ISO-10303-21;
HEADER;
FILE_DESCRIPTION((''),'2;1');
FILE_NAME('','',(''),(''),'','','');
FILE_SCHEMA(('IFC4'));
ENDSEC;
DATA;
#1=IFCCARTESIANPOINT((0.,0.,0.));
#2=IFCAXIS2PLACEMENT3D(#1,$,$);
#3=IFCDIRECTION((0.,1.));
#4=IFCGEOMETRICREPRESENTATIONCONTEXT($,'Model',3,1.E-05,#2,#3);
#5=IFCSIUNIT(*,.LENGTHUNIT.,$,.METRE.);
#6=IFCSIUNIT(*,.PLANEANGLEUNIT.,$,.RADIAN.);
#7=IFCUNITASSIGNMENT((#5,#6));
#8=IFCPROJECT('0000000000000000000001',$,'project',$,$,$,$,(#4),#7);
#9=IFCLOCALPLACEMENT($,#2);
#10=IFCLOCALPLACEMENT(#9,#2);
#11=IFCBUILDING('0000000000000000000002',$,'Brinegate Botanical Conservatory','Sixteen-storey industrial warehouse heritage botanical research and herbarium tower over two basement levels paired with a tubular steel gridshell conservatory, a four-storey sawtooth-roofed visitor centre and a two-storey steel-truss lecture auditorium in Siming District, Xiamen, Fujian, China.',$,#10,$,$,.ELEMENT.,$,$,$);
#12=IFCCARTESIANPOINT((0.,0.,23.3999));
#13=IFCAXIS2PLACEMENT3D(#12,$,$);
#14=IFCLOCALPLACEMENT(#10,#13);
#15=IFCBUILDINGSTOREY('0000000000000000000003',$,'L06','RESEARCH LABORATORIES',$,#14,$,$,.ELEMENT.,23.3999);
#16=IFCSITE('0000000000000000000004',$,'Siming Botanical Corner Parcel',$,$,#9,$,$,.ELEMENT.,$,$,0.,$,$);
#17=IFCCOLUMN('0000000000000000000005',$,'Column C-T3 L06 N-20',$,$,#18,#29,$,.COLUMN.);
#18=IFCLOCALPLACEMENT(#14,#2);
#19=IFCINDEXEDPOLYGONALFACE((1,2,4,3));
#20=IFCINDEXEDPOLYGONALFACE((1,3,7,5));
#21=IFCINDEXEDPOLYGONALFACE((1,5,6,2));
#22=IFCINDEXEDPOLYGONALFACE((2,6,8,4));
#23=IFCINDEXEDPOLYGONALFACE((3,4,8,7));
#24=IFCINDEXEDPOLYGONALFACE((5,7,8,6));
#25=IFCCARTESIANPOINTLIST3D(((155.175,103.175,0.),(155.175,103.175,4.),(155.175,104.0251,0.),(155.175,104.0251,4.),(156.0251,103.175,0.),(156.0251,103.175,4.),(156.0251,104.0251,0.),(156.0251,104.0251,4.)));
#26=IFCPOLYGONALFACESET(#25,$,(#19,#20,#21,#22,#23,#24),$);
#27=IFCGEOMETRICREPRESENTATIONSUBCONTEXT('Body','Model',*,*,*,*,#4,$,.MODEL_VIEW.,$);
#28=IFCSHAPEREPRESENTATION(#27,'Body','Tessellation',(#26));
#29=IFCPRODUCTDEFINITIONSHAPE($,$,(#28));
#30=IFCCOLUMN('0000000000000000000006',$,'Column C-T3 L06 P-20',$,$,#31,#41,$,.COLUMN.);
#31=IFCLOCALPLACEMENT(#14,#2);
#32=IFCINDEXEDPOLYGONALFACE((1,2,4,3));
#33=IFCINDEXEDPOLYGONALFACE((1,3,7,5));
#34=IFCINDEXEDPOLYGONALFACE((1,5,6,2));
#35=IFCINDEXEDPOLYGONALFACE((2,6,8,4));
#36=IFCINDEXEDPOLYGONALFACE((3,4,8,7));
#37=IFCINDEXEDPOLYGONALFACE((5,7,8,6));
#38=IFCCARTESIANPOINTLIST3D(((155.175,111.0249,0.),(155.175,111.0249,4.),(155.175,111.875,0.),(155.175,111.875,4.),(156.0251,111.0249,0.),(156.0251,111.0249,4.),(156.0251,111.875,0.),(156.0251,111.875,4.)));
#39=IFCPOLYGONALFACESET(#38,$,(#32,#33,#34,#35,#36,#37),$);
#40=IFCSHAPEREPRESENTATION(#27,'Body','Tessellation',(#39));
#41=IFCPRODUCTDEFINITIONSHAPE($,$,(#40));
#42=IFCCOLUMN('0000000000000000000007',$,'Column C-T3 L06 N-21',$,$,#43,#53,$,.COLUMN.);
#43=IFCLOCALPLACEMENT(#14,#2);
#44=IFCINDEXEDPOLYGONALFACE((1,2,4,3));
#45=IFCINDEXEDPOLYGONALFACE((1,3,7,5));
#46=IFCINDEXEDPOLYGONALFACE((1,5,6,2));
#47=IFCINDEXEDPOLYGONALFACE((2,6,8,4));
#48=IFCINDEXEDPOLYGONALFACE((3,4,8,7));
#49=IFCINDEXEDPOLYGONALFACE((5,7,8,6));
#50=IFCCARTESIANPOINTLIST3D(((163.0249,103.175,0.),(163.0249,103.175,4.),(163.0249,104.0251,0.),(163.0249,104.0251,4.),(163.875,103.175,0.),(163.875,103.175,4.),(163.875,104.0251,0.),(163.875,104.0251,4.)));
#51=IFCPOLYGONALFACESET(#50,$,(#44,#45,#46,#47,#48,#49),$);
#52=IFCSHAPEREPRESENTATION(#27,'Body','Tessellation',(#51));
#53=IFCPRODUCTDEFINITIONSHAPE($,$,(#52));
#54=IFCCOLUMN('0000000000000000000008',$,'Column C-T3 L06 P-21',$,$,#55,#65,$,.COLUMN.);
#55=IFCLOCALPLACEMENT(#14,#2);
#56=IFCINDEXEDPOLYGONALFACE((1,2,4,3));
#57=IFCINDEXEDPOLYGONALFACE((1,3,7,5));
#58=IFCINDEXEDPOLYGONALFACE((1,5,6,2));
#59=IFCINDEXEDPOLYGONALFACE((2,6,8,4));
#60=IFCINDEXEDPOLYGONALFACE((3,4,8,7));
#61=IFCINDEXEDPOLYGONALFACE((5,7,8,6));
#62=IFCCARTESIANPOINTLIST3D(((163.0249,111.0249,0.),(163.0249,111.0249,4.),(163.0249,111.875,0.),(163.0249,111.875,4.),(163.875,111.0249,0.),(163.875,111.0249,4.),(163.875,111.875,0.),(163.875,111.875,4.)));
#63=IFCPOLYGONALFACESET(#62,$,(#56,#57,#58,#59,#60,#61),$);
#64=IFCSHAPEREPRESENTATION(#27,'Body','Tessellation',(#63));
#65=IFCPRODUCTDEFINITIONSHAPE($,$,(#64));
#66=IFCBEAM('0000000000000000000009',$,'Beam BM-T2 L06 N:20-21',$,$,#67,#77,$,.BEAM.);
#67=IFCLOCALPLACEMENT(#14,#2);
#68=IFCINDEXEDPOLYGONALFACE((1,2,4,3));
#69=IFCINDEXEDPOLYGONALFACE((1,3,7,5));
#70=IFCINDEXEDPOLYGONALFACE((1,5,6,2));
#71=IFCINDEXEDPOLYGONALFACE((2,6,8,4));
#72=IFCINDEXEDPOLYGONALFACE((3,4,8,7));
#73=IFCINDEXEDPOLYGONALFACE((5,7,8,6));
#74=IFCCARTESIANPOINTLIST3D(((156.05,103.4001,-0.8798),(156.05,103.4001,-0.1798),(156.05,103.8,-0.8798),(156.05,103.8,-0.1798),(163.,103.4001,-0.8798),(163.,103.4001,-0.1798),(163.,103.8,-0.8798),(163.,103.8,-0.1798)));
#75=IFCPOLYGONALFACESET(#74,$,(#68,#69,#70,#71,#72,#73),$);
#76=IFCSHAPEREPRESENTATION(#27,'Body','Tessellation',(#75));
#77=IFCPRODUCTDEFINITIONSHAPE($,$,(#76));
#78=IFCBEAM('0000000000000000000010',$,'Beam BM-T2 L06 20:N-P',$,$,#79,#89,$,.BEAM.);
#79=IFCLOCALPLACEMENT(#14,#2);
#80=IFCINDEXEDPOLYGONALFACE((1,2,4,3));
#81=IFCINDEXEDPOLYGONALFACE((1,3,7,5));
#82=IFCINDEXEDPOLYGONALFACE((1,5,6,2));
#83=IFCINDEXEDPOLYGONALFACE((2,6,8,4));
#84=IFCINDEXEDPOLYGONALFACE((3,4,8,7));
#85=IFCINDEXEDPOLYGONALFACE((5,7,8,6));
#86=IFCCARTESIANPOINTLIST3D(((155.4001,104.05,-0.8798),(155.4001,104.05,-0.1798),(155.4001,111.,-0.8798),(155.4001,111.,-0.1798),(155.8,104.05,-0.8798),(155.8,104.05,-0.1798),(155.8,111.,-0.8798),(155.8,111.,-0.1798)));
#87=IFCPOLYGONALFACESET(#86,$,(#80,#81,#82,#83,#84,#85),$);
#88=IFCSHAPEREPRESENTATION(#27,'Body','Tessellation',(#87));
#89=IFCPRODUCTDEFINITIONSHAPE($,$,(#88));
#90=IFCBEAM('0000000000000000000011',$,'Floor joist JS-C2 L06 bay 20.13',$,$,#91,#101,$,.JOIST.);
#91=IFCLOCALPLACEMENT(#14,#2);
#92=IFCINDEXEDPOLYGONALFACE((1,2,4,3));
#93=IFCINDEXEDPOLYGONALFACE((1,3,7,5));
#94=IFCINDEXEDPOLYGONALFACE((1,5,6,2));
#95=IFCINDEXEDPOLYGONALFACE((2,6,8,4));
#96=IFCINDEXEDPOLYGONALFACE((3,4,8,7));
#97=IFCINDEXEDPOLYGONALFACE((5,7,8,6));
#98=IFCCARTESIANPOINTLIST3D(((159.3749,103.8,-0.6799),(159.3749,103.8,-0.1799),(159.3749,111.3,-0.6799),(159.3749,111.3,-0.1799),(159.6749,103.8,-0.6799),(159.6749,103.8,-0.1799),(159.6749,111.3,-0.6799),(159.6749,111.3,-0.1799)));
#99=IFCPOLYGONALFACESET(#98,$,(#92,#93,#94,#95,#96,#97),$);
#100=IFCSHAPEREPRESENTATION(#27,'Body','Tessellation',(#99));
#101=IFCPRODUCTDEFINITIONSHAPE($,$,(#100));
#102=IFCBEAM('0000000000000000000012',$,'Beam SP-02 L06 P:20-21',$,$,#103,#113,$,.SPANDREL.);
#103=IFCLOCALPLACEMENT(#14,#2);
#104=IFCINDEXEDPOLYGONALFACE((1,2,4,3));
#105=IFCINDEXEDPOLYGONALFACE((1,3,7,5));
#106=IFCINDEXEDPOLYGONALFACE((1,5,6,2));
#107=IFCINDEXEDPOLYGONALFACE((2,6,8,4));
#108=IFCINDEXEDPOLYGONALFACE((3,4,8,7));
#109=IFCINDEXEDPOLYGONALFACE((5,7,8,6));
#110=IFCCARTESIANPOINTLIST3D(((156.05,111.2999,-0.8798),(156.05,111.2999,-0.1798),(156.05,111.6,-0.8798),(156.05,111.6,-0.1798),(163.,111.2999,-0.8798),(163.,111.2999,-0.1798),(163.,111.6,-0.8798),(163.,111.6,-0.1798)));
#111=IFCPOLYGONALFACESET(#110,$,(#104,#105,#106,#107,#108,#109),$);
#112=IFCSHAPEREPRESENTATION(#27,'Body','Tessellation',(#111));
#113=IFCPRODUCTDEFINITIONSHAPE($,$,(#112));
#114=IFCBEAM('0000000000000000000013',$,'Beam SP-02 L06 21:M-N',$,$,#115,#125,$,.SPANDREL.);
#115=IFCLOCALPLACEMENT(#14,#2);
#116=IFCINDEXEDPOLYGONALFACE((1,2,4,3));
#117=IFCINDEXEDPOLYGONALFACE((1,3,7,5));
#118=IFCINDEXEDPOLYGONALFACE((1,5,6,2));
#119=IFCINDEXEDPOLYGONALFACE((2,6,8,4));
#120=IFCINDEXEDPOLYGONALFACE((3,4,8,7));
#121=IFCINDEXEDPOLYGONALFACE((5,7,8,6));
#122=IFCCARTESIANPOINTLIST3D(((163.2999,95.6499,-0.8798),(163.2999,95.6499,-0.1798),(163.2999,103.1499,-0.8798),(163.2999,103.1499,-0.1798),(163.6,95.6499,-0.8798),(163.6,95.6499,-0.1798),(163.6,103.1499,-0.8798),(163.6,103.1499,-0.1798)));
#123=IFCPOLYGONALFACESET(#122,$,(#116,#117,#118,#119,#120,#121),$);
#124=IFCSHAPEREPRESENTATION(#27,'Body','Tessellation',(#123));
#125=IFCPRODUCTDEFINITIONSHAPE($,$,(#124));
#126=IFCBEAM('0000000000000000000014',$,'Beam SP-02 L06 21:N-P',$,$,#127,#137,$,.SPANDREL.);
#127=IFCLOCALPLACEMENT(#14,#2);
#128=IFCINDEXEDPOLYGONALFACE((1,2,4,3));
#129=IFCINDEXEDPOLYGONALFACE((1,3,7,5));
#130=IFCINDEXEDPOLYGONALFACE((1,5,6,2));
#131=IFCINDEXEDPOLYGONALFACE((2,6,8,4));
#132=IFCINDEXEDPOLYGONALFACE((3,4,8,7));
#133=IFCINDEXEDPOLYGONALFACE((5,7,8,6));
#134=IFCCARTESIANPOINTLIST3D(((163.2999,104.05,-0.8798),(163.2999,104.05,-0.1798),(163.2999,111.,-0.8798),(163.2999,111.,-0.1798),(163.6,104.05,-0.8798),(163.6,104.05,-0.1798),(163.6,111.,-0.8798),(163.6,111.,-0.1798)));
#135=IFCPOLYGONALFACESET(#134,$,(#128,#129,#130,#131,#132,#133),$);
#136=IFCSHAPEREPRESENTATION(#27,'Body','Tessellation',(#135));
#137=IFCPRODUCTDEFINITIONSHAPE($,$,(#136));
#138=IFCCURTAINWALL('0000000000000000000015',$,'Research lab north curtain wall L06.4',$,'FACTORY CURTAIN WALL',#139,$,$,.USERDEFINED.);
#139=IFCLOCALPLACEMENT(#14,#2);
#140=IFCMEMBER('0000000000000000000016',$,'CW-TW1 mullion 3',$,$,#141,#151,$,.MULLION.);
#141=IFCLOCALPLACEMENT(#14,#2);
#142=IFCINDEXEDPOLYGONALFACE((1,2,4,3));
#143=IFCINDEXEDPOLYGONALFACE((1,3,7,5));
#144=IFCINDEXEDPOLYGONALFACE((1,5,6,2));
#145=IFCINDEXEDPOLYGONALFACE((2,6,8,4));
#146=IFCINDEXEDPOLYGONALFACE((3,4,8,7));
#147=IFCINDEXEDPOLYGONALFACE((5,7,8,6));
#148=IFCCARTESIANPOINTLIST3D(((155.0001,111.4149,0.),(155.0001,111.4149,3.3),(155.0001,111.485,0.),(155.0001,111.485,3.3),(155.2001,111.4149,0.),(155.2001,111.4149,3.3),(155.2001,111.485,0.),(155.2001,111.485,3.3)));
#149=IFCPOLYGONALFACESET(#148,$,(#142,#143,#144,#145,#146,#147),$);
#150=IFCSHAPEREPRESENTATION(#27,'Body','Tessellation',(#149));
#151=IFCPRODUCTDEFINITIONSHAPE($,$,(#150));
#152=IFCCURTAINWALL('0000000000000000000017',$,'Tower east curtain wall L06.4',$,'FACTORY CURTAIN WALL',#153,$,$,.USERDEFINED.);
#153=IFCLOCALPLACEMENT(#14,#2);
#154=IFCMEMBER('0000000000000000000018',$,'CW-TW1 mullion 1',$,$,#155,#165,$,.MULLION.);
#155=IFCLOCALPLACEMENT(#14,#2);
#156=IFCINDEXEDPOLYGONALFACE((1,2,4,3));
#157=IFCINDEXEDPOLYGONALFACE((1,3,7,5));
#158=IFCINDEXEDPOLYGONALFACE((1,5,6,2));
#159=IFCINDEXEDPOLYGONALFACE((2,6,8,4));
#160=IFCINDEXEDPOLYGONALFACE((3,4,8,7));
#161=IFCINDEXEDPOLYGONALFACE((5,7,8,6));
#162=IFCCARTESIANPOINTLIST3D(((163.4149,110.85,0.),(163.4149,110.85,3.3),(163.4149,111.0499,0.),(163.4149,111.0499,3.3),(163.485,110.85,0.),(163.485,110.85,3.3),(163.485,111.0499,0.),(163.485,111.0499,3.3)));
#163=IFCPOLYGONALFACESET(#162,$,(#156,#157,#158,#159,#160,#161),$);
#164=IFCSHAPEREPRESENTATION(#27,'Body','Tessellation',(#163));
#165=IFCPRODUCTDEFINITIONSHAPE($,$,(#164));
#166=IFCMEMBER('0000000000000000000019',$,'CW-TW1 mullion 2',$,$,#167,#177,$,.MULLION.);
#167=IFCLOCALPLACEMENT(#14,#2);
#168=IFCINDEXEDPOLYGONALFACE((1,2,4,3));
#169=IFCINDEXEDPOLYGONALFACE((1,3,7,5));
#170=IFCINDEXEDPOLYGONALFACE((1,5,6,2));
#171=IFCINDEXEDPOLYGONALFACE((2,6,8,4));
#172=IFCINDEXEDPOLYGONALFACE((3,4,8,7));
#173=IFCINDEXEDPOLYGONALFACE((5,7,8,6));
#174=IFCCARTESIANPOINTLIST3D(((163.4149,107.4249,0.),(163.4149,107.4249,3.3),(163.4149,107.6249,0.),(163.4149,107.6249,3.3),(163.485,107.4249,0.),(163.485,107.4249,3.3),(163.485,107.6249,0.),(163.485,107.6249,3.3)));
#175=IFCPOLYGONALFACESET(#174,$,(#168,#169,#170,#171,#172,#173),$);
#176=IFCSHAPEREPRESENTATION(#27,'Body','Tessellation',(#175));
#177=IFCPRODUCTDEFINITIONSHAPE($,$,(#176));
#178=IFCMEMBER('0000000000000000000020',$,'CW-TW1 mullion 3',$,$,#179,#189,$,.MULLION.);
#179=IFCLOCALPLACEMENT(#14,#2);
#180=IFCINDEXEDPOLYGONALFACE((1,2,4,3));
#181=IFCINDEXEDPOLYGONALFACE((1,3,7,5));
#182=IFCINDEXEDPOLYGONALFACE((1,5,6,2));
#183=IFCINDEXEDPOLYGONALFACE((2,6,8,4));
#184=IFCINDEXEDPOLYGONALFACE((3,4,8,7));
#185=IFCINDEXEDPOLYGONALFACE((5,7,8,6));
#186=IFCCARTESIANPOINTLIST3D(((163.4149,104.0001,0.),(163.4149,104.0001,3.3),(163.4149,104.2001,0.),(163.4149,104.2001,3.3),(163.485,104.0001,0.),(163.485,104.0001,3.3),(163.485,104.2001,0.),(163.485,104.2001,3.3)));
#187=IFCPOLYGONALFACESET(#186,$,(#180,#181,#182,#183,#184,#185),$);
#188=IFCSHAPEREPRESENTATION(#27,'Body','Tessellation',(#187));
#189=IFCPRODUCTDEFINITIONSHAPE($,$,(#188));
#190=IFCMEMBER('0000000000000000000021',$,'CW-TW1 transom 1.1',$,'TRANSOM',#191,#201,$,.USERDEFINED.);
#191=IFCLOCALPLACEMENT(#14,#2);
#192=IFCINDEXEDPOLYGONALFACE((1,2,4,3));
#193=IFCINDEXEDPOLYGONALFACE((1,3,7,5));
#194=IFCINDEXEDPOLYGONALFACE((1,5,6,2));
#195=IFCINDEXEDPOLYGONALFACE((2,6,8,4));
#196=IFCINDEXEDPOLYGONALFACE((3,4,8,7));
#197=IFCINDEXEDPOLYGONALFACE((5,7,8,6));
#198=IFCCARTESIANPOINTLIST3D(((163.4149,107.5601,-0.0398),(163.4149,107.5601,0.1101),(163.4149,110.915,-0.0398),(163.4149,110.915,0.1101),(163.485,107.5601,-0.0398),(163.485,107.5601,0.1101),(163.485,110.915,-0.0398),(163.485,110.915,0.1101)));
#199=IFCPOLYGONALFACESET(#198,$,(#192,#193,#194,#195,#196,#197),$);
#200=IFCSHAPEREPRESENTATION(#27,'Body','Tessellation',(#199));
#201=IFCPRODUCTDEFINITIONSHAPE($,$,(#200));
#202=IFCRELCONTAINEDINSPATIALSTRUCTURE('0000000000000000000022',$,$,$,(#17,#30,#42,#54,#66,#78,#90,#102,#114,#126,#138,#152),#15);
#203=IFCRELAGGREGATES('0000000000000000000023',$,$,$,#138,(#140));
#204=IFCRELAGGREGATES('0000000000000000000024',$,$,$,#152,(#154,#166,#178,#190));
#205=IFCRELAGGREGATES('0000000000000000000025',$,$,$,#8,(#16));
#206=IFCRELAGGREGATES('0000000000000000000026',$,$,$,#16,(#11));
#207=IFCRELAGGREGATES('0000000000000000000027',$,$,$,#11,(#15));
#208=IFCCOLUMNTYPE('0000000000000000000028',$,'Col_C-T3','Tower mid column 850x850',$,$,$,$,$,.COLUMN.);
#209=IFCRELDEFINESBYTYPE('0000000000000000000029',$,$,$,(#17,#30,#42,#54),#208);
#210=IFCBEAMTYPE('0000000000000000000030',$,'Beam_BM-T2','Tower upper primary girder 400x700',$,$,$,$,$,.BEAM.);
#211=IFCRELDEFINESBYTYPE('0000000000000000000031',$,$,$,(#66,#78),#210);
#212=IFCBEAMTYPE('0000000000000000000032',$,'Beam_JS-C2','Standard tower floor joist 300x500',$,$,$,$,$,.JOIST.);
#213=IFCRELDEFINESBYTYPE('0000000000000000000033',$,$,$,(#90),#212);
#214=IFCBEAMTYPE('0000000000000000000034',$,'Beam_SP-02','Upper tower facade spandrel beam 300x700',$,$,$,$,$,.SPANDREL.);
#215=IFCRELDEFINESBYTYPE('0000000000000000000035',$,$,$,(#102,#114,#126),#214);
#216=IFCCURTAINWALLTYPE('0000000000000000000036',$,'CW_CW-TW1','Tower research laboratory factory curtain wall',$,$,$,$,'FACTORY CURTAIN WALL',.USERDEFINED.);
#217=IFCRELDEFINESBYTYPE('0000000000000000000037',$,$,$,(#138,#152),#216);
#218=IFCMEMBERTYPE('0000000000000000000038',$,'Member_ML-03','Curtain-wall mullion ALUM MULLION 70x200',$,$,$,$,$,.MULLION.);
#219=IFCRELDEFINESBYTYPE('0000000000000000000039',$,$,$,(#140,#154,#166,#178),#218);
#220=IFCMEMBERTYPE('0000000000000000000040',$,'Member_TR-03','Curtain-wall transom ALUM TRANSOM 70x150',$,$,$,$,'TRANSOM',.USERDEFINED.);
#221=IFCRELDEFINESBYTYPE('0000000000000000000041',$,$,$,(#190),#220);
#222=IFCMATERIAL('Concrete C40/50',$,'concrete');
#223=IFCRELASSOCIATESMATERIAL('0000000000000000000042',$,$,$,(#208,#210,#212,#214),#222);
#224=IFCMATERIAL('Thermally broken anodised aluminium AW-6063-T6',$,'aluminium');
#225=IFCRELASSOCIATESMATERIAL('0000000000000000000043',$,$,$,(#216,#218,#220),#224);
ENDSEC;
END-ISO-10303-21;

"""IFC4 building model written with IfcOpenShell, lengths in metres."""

from ifc_helpers import new_model, si_unit, direction, frame, origin, origin_2d, place, context, subcontext, project, spatial, rectangle, extrude, material, material_profile, profile_set, type_object, element, aggregate, save


model = new_model("IFC4")

# Units and contexts
model_context = context("Model", 3, precision=1e-05, world=origin(), true_north=direction((0.0, 1.0)))
body_context = subcontext(model_context, "Body", "Model", "MODEL_VIEW")
ifc_project = project(units=[si_unit("LENGTHUNIT", "METRE"), si_unit("PLANEANGLEUNIT", "RADIAN")], contexts=[model_context])

# Site, building, storey
site_placement = place(None, origin())
site = spatial("IfcSite", under=ifc_project, at=site_placement, Name="Siming Botanical Corner Parcel", CompositionType="ELEMENT", RefElevation=0.0)
building_placement = place(site_placement, origin())
building = spatial("IfcBuilding", under=site, at=building_placement, Name="Brinegate Botanical Conservatory", Description="Sixteen-storey industrial warehouse heritage botanical research and herbarium tower over two basement levels paired with a tubular steel gridshell conservatory, a four-storey sawtooth-roofed visitor centre and a two-storey steel-truss lecture auditorium in Siming District, Xiamen, Fujian, China.", CompositionType="ELEMENT")
storey_placement = place(building_placement, frame((0.0, 0.0, 23.3999)))
storey = spatial("IfcBuildingStorey", under=building, at=storey_placement, Name="L06", Description="RESEARCH LABORATORIES", CompositionType="ELEMENT", Elevation=23.3999)

# Columns
ifc_material_1 = material(Name="Concrete C40/50", Category="concrete")
ifc_material_profile_1 = material_profile(ifc_material_1, rectangle(XDim=0.8501, YDim=0.8501, at=origin_2d()), Name="RC COL 850x850")
ifc_profile_set_1 = profile_set([ifc_material_profile_1], Name="Concrete C40/50")
column_type = type_object("IfcColumnType", Name="Col_C-T3", Description="Tower mid column 850x850", PredefinedType="COLUMN", material=ifc_profile_set_1)
for number, where, z_axis, x_axis, name in (
    (1, (155.6001, 103.6001, 0.0), (0.0, 0.0, 1.0), (1.0, 0.0, 0.0), "Column C-T3 L06 N-20"),
    (2, (155.6001, 111.45, 0.0), (0.0, 0.0, 1.0), (1.0, 0.0, 0.0), "Column C-T3 L06 P-20"),
    (3, (163.45, 103.6001, 0.0), (0.0, 0.0, 1.0), (1.0, 0.0, 0.0), "Column C-T3 L06 N-21"),
    (4, (163.45, 111.45, 0.0), (0.0, 0.0, 1.0), (1.0, 0.0, 0.0), "Column C-T3 L06 P-21"),
):
    element("IfcColumn", number, at=place(storey_placement, frame(where, z_axis=z_axis, x_axis=x_axis)), inside=storey, type_object=column_type, Name=name, PredefinedType="COLUMN", context=body_context, shape_type="SweptSolid", body=[
        extrude(rectangle(XDim=0.8501, YDim=0.8501, at=origin_2d()), origin(), (0.0, 0.0, 1.0), 4.0),
    ])

# Beams
ifc_material_profile_2 = material_profile(ifc_material_1, rectangle(XDim=0.3999, YDim=0.7, at=origin_2d()), Name="RC BM 400x700")
ifc_profile_set_2 = profile_set([ifc_material_profile_2], Name="Concrete C40/50")
beam_type_1 = type_object("IfcBeamType", Name="Beam_BM-T2", Description="Tower upper primary girder 400x700", PredefinedType="BEAM", material=ifc_profile_set_2)
for number, where, z_axis, x_axis, name in (
    (5, (156.05, 103.6001, -0.5298), (1.0, 0.0, 0.0), (0.0, 1.0, 0.0), "Beam BM-T2 L06 N:20-21"),
    (6, (155.6001, 104.05, -0.5298), (0.0, 1.0, 0.0), (-1.0, 0.0, 0.0), "Beam BM-T2 L06 20:N-P"),
):
    element("IfcBeam", number, at=place(storey_placement, frame(where, z_axis=z_axis, x_axis=x_axis)), inside=storey, type_object=beam_type_1, Name=name, PredefinedType="BEAM", context=body_context, shape_type="SweptSolid", body=[
        extrude(rectangle(XDim=0.3999, YDim=0.7, at=origin_2d()), origin(), (0.0, 0.0, 1.0), 6.95),
    ])
ifc_material_profile_3 = material_profile(ifc_material_1, rectangle(XDim=0.3, YDim=0.5, at=origin_2d()), Name="RC JST 300x500")
ifc_profile_set_3 = profile_set([ifc_material_profile_3], Name="Concrete C40/50")
beam_type_2 = type_object("IfcBeamType", Name="Beam_JS-C2", Description="Standard tower floor joist 300x500", PredefinedType="JOIST", material=ifc_profile_set_3)
beam_1_placement = place(storey_placement, frame((159.5249, 103.8, -0.4299), z_axis=(0.0, 1.0, 0.0), x_axis=(-1.0, 0.0, 0.0)))
element("IfcBeam", 7, at=beam_1_placement, inside=storey, type_object=beam_type_2, Name="Floor joist JS-C2 L06 bay 20.13", PredefinedType="JOIST", context=body_context, shape_type="SweptSolid", body=[
    extrude(rectangle(XDim=0.3, YDim=0.5, at=origin_2d()), origin(), (0.0, 0.0, 1.0), 7.5),
])
ifc_material_profile_4 = material_profile(ifc_material_1, rectangle(XDim=0.3, YDim=0.7, at=origin_2d()), Name="RC SPN 300x700")
ifc_profile_set_4 = profile_set([ifc_material_profile_4], Name="Concrete C40/50")
beam_type_3 = type_object("IfcBeamType", Name="Beam_SP-02", Description="Upper tower facade spandrel beam 300x700", PredefinedType="SPANDREL", material=ifc_profile_set_4)
beam_2_placement = place(storey_placement, frame((156.05, 111.45, -0.5298), z_axis=(1.0, 0.0, 0.0), x_axis=(0.0, 1.0, 0.0)))
element("IfcBeam", 8, at=beam_2_placement, inside=storey, type_object=beam_type_3, Name="Beam SP-02 L06 P:20-21", PredefinedType="SPANDREL", context=body_context, shape_type="SweptSolid", body=[
    extrude(rectangle(XDim=0.3, YDim=0.7, at=origin_2d()), origin(), (0.0, 0.0, 1.0), 6.95),
])
beam_3_placement = place(storey_placement, frame((163.45, 95.6499, -0.5298), z_axis=(0.0, 1.0, 0.0), x_axis=(-1.0, 0.0, 0.0)))
element("IfcBeam", 9, at=beam_3_placement, inside=storey, type_object=beam_type_3, Name="Beam SP-02 L06 21:M-N", PredefinedType="SPANDREL", context=body_context, shape_type="SweptSolid", body=[
    extrude(rectangle(XDim=0.3, YDim=0.7, at=origin_2d()), origin(), (0.0, 0.0, 1.0), 7.5),
])
beam_4_placement = place(storey_placement, frame((163.45, 104.05, -0.5298), z_axis=(0.0, 1.0, 0.0), x_axis=(-1.0, 0.0, 0.0)))
element("IfcBeam", 10, at=beam_4_placement, inside=storey, type_object=beam_type_3, Name="Beam SP-02 L06 21:N-P", PredefinedType="SPANDREL", context=body_context, shape_type="SweptSolid", body=[
    extrude(rectangle(XDim=0.3, YDim=0.7, at=origin_2d()), origin(), (0.0, 0.0, 1.0), 6.95),
])

# Curtain wall, member
ifc_material_2 = material(Name="Thermally broken anodised aluminium AW-6063-T6", Category="aluminium")
curtain_wall_type = type_object("IfcCurtainWallType", Name="CW_CW-TW1", Description="Tower research laboratory factory curtain wall", ElementType="FACTORY CURTAIN WALL", PredefinedType="USERDEFINED", material=ifc_material_2)
curtain_wall_1_placement = place(storey_placement, origin())
curtain_wall_1 = element("IfcCurtainWall", 11, at=curtain_wall_1_placement, inside=storey, type_object=curtain_wall_type, Name="Research lab north curtain wall L06.4", ObjectType="FACTORY CURTAIN WALL", PredefinedType="USERDEFINED")
ifc_material_profile_5 = material_profile(ifc_material_2, rectangle(XDim=0.0701, YDim=0.2, at=origin_2d()), Name="ALUM MULLION 70x200")
ifc_profile_set_5 = profile_set([ifc_material_profile_5], Name="Thermally broken anodised aluminium AW-6063-T6")
member_type_1 = type_object("IfcMemberType", Name="Member_ML-03", Description="Curtain-wall mullion ALUM MULLION 70x200", PredefinedType="MULLION", material=ifc_profile_set_5)
member_1_placement = place(storey_placement, frame((155.1001, 111.45, 0.0), z_axis=(0.0, 0.0, 1.0), x_axis=(0.0, 1.0, 0.0)))
member_1 = element("IfcMember", 12, at=member_1_placement, type_object=member_type_1, Name="CW-TW1 mullion 3", PredefinedType="MULLION", context=body_context, shape_type="SweptSolid", body=[
    extrude(rectangle(XDim=0.0701, YDim=0.2, at=origin_2d()), origin(), (0.0, 0.0, 1.0), 3.3),
])
aggregate(curtain_wall_1, [member_1])

# Curtain wall, members
curtain_wall_2_placement = place(storey_placement, origin())
curtain_wall_2 = element("IfcCurtainWall", 13, at=curtain_wall_2_placement, inside=storey, type_object=curtain_wall_type, Name="Tower east curtain wall L06.4", ObjectType="FACTORY CURTAIN WALL", PredefinedType="USERDEFINED")
member_2_placement = place(storey_placement, frame((163.45, 110.95, 0.0), z_axis=(0.0, 0.0, 1.0), x_axis=(1.0, 0.0, 0.0)))
member_2 = element("IfcMember", 14, at=member_2_placement, type_object=member_type_1, Name="CW-TW1 mullion 1", PredefinedType="MULLION", context=body_context, shape_type="SweptSolid", body=[
    extrude(rectangle(XDim=0.0701, YDim=0.2, at=origin_2d()), origin(), (0.0, 0.0, 1.0), 3.3),
])
member_3_placement = place(storey_placement, frame((163.45, 107.5249, 0.0), z_axis=(0.0, 0.0, 1.0), x_axis=(1.0, 0.0, 0.0)))
member_3 = element("IfcMember", 15, at=member_3_placement, type_object=member_type_1, Name="CW-TW1 mullion 2", PredefinedType="MULLION", context=body_context, shape_type="SweptSolid", body=[
    extrude(rectangle(XDim=0.0701, YDim=0.2, at=origin_2d()), origin(), (0.0, 0.0, 1.0), 3.3),
])
member_4_placement = place(storey_placement, frame((163.45, 104.1001, 0.0), z_axis=(0.0, 0.0, 1.0), x_axis=(1.0, 0.0, 0.0)))
member_4 = element("IfcMember", 16, at=member_4_placement, type_object=member_type_1, Name="CW-TW1 mullion 3", PredefinedType="MULLION", context=body_context, shape_type="SweptSolid", body=[
    extrude(rectangle(XDim=0.0701, YDim=0.2, at=origin_2d()), origin(), (0.0, 0.0, 1.0), 3.3),
])
ifc_material_profile_6 = material_profile(ifc_material_2, rectangle(XDim=0.0701, YDim=0.1499, at=origin_2d()), Name="ALUM TRANSOM 70x150")
ifc_profile_set_6 = profile_set([ifc_material_profile_6], Name="Thermally broken anodised aluminium AW-6063-T6")
member_type_2 = type_object("IfcMemberType", Name="Member_TR-03", Description="Curtain-wall transom ALUM TRANSOM 70x150", ElementType="TRANSOM", PredefinedType="USERDEFINED", material=ifc_profile_set_6)
member_5_placement = place(storey_placement, frame((163.45, 110.915, 0.0352), z_axis=(0.0, -1.0, 0.0), x_axis=(1.0, 0.0, 0.0)))
member_5 = element("IfcMember", 17, at=member_5_placement, type_object=member_type_2, Name="CW-TW1 transom 1.1", ObjectType="TRANSOM", PredefinedType="USERDEFINED", context=body_context, shape_type="SweptSolid", body=[
    extrude(rectangle(XDim=0.0701, YDim=0.1499, at=origin_2d()), origin(), (0.0, 0.0, 1.0), 3.355),
])
aggregate(curtain_wall_2, [member_2, member_3, member_4, member_5])

save(model, "model.ifc")
